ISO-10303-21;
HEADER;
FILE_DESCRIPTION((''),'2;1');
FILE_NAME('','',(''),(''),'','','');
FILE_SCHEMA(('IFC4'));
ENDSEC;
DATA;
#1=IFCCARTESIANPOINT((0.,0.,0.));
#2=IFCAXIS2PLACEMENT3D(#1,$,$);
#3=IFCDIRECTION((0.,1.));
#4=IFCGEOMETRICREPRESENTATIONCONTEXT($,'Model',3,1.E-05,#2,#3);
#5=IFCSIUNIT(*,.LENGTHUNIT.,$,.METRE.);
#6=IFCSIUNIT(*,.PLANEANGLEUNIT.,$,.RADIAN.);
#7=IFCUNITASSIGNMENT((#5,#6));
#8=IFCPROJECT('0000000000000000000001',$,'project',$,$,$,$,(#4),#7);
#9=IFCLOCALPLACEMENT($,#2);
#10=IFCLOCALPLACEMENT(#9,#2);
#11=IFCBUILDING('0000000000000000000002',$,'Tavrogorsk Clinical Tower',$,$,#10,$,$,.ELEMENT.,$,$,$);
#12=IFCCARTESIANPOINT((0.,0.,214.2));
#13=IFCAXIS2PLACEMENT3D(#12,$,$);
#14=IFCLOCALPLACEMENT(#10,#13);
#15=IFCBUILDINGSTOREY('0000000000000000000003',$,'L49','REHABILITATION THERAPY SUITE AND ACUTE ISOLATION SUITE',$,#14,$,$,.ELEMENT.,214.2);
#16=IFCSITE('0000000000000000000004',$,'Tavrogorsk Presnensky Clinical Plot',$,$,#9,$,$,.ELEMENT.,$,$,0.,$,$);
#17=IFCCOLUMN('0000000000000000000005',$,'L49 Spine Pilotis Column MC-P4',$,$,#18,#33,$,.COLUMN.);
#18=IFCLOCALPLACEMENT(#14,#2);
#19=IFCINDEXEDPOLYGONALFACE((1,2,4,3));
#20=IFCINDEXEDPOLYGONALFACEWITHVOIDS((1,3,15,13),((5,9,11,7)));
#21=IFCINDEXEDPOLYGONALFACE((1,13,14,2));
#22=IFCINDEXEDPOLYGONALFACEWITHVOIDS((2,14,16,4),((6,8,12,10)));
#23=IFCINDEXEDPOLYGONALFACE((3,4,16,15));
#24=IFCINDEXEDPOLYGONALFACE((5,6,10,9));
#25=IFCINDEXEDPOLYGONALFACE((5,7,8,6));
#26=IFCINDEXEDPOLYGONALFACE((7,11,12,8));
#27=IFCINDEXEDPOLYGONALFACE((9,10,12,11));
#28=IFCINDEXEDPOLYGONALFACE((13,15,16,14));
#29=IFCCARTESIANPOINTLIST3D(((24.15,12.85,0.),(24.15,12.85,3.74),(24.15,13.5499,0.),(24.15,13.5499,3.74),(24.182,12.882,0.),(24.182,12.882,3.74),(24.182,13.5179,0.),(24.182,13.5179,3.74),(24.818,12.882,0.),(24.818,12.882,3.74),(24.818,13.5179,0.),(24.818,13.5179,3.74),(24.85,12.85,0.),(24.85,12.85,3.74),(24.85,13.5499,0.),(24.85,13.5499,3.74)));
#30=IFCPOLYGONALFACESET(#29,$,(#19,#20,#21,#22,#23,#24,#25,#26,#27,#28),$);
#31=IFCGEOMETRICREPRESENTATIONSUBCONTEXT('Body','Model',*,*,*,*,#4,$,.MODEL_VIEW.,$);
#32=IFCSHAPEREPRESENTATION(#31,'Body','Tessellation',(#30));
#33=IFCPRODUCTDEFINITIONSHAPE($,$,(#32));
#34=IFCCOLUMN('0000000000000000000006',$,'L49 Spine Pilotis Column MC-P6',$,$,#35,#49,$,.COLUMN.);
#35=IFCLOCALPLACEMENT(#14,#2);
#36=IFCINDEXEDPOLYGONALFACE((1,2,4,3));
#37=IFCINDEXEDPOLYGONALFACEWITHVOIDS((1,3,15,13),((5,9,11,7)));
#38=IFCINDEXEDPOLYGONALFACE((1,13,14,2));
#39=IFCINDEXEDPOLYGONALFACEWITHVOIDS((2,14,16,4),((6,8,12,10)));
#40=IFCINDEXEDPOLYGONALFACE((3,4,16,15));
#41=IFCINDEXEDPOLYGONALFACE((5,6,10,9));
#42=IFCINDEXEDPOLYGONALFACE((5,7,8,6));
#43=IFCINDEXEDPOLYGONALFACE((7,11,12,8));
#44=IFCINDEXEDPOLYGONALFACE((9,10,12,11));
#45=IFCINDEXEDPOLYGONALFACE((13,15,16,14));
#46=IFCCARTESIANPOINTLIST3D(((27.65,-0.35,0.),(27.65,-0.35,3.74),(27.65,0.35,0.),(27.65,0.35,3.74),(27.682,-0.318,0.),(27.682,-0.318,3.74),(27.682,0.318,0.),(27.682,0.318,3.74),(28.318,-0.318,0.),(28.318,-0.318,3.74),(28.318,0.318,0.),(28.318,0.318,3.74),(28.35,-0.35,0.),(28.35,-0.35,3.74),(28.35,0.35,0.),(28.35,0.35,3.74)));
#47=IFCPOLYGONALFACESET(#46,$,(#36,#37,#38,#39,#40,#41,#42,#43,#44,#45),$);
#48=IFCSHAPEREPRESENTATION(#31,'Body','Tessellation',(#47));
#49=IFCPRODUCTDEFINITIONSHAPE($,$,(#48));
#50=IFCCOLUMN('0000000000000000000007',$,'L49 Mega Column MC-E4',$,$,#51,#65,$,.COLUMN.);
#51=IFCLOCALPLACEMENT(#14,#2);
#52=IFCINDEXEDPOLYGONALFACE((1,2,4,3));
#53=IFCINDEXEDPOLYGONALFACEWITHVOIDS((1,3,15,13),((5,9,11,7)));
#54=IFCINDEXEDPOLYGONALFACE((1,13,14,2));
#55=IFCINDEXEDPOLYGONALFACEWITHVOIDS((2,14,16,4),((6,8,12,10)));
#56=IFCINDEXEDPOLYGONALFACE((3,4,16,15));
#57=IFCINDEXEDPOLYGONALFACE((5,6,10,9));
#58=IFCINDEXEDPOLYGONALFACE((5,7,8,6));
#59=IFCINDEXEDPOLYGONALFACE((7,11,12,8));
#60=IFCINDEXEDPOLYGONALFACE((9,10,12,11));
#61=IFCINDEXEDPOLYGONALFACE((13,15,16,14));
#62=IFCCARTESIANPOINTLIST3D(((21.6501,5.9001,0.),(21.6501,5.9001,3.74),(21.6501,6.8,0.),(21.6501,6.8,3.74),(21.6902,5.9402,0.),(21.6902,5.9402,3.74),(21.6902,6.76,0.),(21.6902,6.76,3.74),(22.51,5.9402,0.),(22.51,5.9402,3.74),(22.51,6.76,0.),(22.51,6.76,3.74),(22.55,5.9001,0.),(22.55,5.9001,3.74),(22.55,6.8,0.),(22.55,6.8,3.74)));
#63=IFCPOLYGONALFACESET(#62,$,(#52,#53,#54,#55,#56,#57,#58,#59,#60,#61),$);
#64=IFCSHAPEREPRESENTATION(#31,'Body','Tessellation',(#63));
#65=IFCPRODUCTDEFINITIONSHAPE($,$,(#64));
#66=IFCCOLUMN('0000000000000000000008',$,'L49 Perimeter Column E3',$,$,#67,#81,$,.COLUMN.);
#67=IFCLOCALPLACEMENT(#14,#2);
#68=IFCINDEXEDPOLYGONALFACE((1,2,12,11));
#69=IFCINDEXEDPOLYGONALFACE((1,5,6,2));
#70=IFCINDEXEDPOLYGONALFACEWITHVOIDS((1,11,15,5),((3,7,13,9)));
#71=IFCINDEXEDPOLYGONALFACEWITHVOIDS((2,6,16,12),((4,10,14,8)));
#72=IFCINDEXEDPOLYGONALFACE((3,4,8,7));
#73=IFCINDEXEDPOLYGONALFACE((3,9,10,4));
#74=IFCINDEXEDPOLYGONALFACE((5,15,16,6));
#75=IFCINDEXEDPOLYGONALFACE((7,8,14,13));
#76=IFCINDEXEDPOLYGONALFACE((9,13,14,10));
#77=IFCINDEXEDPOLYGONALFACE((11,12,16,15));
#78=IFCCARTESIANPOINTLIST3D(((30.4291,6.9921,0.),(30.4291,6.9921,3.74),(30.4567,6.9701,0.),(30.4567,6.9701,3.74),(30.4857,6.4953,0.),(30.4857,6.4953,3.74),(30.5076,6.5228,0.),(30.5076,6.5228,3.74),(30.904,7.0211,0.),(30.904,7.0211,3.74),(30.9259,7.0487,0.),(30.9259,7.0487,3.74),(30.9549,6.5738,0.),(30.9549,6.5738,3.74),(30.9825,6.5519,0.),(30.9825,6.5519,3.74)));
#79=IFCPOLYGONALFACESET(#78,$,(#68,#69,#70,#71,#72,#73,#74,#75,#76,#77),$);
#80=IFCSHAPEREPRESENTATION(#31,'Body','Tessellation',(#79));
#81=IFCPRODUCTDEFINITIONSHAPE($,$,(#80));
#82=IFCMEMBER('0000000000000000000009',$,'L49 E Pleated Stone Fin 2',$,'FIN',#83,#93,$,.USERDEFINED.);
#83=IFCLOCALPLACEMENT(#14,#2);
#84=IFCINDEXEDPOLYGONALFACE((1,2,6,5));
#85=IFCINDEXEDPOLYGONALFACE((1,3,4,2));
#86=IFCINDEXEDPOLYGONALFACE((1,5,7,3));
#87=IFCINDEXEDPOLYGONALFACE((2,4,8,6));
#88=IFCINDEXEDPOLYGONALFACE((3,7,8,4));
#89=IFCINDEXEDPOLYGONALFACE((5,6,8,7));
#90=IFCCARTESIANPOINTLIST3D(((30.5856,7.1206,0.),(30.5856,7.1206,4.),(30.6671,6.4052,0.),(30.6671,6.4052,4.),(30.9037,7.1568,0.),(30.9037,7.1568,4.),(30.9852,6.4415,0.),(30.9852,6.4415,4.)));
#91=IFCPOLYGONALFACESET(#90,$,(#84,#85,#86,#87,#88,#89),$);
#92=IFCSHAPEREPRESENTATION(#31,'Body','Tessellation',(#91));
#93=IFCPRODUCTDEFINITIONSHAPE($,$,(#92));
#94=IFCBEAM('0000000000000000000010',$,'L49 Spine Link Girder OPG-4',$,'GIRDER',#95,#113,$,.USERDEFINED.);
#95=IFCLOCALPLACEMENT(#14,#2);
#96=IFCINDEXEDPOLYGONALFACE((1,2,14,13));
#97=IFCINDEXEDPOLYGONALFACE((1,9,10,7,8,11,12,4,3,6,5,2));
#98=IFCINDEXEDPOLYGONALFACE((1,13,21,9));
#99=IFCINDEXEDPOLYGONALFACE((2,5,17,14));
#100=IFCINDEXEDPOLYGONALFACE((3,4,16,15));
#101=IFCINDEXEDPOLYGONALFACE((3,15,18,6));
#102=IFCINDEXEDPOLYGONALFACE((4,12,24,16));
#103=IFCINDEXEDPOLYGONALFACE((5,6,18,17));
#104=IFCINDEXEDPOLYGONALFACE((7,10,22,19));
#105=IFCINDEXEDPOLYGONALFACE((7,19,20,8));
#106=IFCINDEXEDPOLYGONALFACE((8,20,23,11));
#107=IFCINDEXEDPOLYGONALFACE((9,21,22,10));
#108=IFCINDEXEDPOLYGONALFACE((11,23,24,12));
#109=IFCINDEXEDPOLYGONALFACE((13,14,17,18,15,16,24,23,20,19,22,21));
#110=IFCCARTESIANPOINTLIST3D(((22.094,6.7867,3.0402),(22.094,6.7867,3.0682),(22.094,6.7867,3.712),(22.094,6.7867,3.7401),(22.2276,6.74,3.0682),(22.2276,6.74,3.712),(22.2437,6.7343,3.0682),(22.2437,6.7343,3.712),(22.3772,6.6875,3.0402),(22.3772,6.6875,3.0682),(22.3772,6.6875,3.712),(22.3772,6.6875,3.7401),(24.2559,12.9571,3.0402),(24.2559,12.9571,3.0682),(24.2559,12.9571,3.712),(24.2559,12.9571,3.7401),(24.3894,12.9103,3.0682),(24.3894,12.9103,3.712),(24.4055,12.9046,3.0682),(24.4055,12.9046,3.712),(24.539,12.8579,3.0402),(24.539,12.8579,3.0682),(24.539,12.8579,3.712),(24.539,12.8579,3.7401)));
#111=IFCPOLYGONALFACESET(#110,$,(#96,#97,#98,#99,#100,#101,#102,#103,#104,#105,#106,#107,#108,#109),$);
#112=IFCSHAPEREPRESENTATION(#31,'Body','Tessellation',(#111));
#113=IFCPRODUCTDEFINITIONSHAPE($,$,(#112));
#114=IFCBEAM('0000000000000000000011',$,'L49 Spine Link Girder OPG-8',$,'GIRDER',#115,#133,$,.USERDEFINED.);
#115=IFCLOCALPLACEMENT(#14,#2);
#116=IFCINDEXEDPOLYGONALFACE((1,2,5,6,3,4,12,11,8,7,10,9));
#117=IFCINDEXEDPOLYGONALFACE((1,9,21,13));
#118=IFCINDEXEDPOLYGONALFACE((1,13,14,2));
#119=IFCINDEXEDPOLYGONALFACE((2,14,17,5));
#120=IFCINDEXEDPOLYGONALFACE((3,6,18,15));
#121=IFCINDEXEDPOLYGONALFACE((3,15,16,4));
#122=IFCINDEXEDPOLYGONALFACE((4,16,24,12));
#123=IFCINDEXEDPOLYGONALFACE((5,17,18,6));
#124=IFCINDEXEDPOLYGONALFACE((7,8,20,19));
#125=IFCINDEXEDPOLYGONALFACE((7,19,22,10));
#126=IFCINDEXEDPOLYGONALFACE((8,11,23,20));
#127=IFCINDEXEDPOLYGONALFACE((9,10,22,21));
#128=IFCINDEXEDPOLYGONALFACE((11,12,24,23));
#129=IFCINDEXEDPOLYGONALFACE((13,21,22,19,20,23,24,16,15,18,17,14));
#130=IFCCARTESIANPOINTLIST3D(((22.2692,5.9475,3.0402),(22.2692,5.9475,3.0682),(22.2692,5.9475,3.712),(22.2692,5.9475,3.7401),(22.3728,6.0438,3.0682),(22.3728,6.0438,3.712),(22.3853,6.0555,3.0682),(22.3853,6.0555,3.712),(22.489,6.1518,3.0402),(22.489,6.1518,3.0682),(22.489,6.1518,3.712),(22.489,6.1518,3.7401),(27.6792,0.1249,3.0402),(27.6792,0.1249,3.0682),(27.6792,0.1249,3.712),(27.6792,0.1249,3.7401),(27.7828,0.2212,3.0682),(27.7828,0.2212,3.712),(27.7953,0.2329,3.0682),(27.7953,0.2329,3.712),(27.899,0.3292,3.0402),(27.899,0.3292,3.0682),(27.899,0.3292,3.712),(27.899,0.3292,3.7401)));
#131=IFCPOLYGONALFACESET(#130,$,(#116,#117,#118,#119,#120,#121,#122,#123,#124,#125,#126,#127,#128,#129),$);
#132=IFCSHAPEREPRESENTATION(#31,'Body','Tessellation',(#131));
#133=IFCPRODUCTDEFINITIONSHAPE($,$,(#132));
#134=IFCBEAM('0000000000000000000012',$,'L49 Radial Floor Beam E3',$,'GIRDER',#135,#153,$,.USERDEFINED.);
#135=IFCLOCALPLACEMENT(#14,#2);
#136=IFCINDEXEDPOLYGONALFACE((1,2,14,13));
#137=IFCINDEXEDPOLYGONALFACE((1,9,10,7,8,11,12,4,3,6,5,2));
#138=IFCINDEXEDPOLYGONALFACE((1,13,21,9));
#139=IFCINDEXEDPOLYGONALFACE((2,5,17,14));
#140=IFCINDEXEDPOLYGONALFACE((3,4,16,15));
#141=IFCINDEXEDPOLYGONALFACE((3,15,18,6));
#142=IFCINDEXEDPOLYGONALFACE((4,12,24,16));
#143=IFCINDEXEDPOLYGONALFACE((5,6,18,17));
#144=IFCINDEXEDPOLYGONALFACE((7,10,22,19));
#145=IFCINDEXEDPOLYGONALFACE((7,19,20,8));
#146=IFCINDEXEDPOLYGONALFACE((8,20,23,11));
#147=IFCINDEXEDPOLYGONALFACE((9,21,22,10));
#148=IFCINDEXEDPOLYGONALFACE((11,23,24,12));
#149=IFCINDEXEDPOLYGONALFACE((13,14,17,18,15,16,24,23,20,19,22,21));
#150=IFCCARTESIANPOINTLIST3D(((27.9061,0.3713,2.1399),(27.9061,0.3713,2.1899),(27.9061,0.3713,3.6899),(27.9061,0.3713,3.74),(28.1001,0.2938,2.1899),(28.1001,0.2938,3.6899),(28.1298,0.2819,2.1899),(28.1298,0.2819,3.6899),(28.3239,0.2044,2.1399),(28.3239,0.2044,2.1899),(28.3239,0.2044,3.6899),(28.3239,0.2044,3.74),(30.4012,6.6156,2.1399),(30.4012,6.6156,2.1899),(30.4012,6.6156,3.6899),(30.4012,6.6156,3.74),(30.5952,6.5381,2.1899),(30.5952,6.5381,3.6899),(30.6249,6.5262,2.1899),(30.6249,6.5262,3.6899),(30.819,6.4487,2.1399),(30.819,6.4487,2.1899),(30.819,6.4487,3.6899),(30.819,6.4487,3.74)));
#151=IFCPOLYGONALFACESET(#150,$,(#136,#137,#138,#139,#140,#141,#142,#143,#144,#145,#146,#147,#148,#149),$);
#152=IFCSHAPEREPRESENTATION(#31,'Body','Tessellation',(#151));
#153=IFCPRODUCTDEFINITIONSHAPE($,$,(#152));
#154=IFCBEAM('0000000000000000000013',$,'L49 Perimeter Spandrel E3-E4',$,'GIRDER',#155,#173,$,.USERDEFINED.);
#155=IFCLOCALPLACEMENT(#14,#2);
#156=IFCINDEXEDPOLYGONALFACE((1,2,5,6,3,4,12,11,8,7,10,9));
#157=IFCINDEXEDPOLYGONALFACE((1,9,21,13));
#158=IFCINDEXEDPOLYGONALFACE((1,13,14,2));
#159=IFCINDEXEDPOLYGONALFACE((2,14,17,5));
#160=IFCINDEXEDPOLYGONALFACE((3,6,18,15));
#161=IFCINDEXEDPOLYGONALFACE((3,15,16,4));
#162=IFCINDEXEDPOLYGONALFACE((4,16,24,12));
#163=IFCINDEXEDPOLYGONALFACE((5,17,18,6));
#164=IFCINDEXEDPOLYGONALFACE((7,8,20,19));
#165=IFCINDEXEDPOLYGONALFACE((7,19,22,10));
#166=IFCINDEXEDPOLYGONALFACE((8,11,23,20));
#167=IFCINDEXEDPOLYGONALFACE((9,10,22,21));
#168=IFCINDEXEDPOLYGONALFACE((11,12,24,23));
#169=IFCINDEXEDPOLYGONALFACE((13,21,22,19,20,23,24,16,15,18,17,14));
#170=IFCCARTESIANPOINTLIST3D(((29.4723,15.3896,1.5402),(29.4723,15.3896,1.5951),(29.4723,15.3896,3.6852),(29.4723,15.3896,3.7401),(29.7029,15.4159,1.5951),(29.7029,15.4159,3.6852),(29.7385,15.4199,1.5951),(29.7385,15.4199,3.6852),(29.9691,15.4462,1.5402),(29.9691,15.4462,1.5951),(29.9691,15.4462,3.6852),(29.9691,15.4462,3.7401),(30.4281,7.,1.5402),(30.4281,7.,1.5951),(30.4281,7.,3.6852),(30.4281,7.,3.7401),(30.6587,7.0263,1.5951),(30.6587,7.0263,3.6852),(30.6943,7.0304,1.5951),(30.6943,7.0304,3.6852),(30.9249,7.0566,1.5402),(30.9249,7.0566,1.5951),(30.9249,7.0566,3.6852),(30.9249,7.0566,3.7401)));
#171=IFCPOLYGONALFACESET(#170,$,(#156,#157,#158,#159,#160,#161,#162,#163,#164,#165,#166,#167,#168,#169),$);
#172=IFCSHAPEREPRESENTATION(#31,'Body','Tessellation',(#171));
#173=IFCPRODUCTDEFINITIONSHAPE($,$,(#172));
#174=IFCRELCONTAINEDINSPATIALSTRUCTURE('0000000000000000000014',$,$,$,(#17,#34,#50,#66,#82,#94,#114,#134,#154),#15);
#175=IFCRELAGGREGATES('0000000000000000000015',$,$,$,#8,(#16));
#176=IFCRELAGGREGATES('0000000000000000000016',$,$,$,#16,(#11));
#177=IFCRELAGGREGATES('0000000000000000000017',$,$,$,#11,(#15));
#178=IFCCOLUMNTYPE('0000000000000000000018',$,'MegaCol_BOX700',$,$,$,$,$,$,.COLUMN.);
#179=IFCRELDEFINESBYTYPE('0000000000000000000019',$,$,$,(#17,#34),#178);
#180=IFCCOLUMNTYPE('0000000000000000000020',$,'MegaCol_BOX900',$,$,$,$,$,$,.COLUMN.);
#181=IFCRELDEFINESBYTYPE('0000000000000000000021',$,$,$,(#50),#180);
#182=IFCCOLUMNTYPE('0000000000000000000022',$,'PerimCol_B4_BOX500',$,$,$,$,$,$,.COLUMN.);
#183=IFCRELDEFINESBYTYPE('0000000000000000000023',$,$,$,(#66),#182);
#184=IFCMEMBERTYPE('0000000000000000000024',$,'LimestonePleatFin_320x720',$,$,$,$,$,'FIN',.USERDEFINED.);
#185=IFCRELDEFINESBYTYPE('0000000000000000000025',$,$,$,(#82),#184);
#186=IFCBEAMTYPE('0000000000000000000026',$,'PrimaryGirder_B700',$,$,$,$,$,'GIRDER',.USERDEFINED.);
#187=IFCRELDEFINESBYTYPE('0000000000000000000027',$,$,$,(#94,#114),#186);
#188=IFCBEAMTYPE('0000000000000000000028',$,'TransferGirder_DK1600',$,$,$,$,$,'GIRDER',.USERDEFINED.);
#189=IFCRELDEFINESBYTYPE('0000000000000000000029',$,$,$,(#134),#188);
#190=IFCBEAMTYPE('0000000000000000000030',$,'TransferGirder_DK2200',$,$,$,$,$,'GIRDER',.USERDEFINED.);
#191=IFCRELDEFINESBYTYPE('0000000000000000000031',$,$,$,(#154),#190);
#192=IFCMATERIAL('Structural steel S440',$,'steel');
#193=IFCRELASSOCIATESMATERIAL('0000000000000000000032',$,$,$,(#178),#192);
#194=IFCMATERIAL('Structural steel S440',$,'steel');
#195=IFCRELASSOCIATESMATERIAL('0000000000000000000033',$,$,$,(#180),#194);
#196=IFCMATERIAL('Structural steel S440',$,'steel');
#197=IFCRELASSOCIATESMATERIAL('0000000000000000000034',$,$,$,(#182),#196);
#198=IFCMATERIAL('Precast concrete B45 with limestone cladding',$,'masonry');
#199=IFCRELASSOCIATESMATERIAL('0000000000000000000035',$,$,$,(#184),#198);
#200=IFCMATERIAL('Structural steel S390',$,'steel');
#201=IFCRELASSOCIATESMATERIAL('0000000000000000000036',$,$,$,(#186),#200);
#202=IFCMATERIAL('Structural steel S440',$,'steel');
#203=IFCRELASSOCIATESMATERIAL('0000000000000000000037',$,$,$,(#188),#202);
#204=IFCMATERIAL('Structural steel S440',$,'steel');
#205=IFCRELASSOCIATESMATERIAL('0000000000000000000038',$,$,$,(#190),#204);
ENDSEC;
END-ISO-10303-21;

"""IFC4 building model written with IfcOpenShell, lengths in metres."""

from ifc_helpers import new_model, si_unit, direction, frame, origin, origin_2d, place, context, subcontext, project, spatial, rectangle, hollow_rectangle, i_section, extrude, material, material_profile, profile_set, type_object, element, save


model = new_model("IFC4")

# Units and contexts
model_context = context("Model", 3, precision=1e-05, world=origin(), true_north=direction((0.0, 1.0)))
body_context = subcontext(model_context, "Body", "Model", "MODEL_VIEW")
ifc_project = project(units=[si_unit("LENGTHUNIT", "METRE"), si_unit("PLANEANGLEUNIT", "RADIAN")], contexts=[model_context])

# Site, building, storey
site_placement = place(None, origin())
site = spatial("IfcSite", under=ifc_project, at=site_placement, Name="Tavrogorsk Presnensky Clinical Plot", CompositionType="ELEMENT", RefElevation=0.0)
building_placement = place(site_placement, origin())
building = spatial("IfcBuilding", under=site, at=building_placement, Name="Tavrogorsk Clinical Tower", CompositionType="ELEMENT")
storey_placement = place(building_placement, frame((0.0, 0.0, 214.2)))
storey = spatial("IfcBuildingStorey", under=building, at=storey_placement, Name="L49", Description="REHABILITATION THERAPY SUITE AND ACUTE ISOLATION SUITE", CompositionType="ELEMENT", Elevation=214.2)

# Columns
ifc_material_1 = material(Name="Structural steel S440", Category="steel")
ifc_material_profile_1 = material_profile(ifc_material_1, hollow_rectangle(XDim=0.7, YDim=0.7, WallThickness=0.032, at=origin_2d()), Name="BOX-700x700x32")
ifc_profile_set_1 = profile_set([ifc_material_profile_1], Name="Structural steel S440")
column_type_1 = type_object("IfcColumnType", Name="MegaCol_BOX700", PredefinedType="COLUMN", material=ifc_profile_set_1)
for number, where, z_axis, x_axis, name in (
    (1, (24.5, 13.2, 0.0), (0.0, 0.0, 1.0), (1.0, 0.0, 0.0), "L49 Spine Pilotis Column MC-P4"),
    (2, (28.0, 0.0, 0.0), (0.0, 0.0, 1.0), (1.0, 0.0, 0.0), "L49 Spine Pilotis Column MC-P6"),
):
    element("IfcColumn", number, at=place(storey_placement, frame(where, z_axis=z_axis, x_axis=x_axis)), inside=storey, type_object=column_type_1, Name=name, PredefinedType="COLUMN", context=body_context, shape_type="SweptSolid", body=[
        extrude(hollow_rectangle(XDim=0.7, YDim=0.7, WallThickness=0.032, at=origin_2d()), origin(), (0.0, 0.0, 1.0), 3.74),
    ])
ifc_material_2 = material(Name="Structural steel S440", Category="steel")
ifc_material_profile_2 = material_profile(ifc_material_2, hollow_rectangle(XDim=0.8999, YDim=0.8999, WallThickness=0.04, at=origin_2d()), Name="BOX-900x900x40")
ifc_profile_set_2 = profile_set([ifc_material_profile_2], Name="Structural steel S440")
column_type_2 = type_object("IfcColumnType", Name="MegaCol_BOX900", PredefinedType="COLUMN", material=ifc_profile_set_2)
column_1_placement = place(storey_placement, frame((22.1001, 6.3501, 0.0), z_axis=(0.0, 0.0, 1.0), x_axis=(1.0, 0.0, 0.0)))
element("IfcColumn", 3, at=column_1_placement, inside=storey, type_object=column_type_2, Name="L49 Mega Column MC-E4", PredefinedType="COLUMN", context=body_context, shape_type="SweptSolid", body=[
    extrude(hollow_rectangle(XDim=0.8999, YDim=0.8999, WallThickness=0.04, at=origin_2d()), origin(), (0.0, 0.0, 1.0), 3.74),
])
ifc_material_3 = material(Name="Structural steel S440", Category="steel")
ifc_material_profile_3 = material_profile(ifc_material_3, hollow_rectangle(XDim=0.5, YDim=0.5, WallThickness=0.0249, at=origin_2d()), Name="BOX-500x500x25")
ifc_profile_set_3 = profile_set([ifc_material_profile_3], Name="Structural steel S440")
column_type_3 = type_object("IfcColumnType", Name="PerimCol_B4_BOX500", PredefinedType="COLUMN", material=ifc_profile_set_3)
column_2_placement = place(storey_placement, frame((30.7058, 6.772, 0.0), z_axis=(0.0, 0.0, 1.0), x_axis=(0.993572, 0.113203, 0.0)))
element("IfcColumn", 4, at=column_2_placement, inside=storey, type_object=column_type_3, Name="L49 Perimeter Column E3", PredefinedType="COLUMN", context=body_context, shape_type="SweptSolid", body=[
    extrude(hollow_rectangle(XDim=0.5, YDim=0.5, WallThickness=0.0249, at=origin_2d()), origin(), (0.0, 0.0, 1.0), 3.74),
])

# Member
ifc_material_4 = material(Name="Precast concrete B45 with limestone cladding", Category="masonry")
ifc_material_profile_4 = material_profile(ifc_material_4, rectangle(XDim=0.3201, YDim=0.72, at=origin_2d()), Name="LIMESTONE-FIN-320x720")
ifc_profile_set_4 = profile_set([ifc_material_profile_4], Name="Precast concrete B45 with limestone cladding")
member_type = type_object("IfcMemberType", Name="LimestonePleatFin_320x720", ElementType="FIN", PredefinedType="USERDEFINED", material=ifc_profile_set_4)
member_placement = place(storey_placement, frame((30.7854, 6.781, 0.0), z_axis=(0.0, 0.0, 1.0), x_axis=(0.993572, 0.113203, 0.0)))
element("IfcMember", 5, at=member_placement, inside=storey, type_object=member_type, Name="L49 E Pleated Stone Fin 2", ObjectType="FIN", PredefinedType="USERDEFINED", context=body_context, shape_type="SweptSolid", body=[
    extrude(rectangle(XDim=0.3201, YDim=0.72, at=origin_2d()), origin(), (0.0, 0.0, 1.0), 4.0),
])

# Beams
ifc_material_5 = material(Name="Structural steel S390", Category="steel")
ifc_material_profile_5 = material_profile(ifc_material_5, i_section(OverallWidth=0.3, OverallDepth=0.7, WebThickness=0.0171, FlangeThickness=0.0281, at=origin_2d()), Name="B-700x300x17x28")
ifc_profile_set_5 = profile_set([ifc_material_profile_5], Name="Structural steel S390")
beam_type_1 = type_object("IfcBeamType", Name="PrimaryGirder_B700", ElementType="GIRDER", PredefinedType="USERDEFINED", material=ifc_profile_set_5)
beam_1_placement = place(storey_placement, frame((24.3975, 12.9075, 3.3901), z_axis=(-0.330653, -0.943752, 0.0), x_axis=(0.943752, -0.330653, 0.0)))
element("IfcBeam", 6, at=beam_1_placement, inside=storey, type_object=beam_type_1, Name="L49 Spine Link Girder OPG-4", ObjectType="GIRDER", PredefinedType="USERDEFINED", context=body_context, shape_type="SweptSolid", body=[
    extrude(i_section(OverallWidth=0.3, OverallDepth=0.7, WebThickness=0.0171, FlangeThickness=0.0281, at=origin_2d()), origin(), (0.0, 0.0, 1.0), 6.5381),
])
beam_2_placement = place(storey_placement, frame((27.7891, 0.2271, 3.3901), z_axis=(-0.680674, 0.732587, 0.0), x_axis=(-0.732587, -0.680674, 0.0)))
element("IfcBeam", 7, at=beam_2_placement, inside=storey, type_object=beam_type_1, Name="L49 Spine Link Girder OPG-8", ObjectType="GIRDER", PredefinedType="USERDEFINED", context=body_context, shape_type="SweptSolid", body=[
    extrude(i_section(OverallWidth=0.3, OverallDepth=0.7, WebThickness=0.0171, FlangeThickness=0.0281, at=origin_2d()), origin(), (0.0, 0.0, 1.0), 7.948),
])
ifc_material_6 = material(Name="Structural steel S440", Category="steel")
ifc_material_profile_6 = material_profile(ifc_material_6, i_section(OverallWidth=0.45, OverallDepth=1.6001, WebThickness=0.032, FlangeThickness=0.05, at=origin_2d()), Name="DK-1600x450x32x50")
ifc_profile_set_6 = profile_set([ifc_material_profile_6], Name="Structural steel S440")
beam_type_2 = type_object("IfcBeamType", Name="TransferGirder_DK1600", ElementType="GIRDER", PredefinedType="USERDEFINED", material=ifc_profile_set_6)
beam_3_placement = place(storey_placement, frame((28.115, 0.2878, 2.9399), z_axis=(0.371053, 0.928612, 0.0), x_axis=(-0.928612, 0.371053, 0.0)))
element("IfcBeam", 8, at=beam_3_placement, inside=storey, type_object=beam_type_2, Name="L49 Radial Floor Beam E3", ObjectType="GIRDER", PredefinedType="USERDEFINED", context=body_context, shape_type="SweptSolid", body=[
    extrude(i_section(OverallWidth=0.45, OverallDepth=1.6001, WebThickness=0.032, FlangeThickness=0.05, at=origin_2d()), origin(), (0.0, 0.0, 1.0), 6.7244),
])
ifc_material_7 = material(Name="Structural steel S440", Category="steel")
ifc_material_profile_7 = material_profile(ifc_material_7, i_section(OverallWidth=0.5, OverallDepth=2.2, WebThickness=0.0359, FlangeThickness=0.0549, at=origin_2d()), Name="DK-2200x500x36x55")
ifc_profile_set_7 = profile_set([ifc_material_profile_7], Name="Structural steel S440")
beam_type_3 = type_object("IfcBeamType", Name="TransferGirder_DK2200", ElementType="GIRDER", PredefinedType="USERDEFINED", material=ifc_profile_set_7)
beam_4_placement = place(storey_placement, frame((30.6765, 7.0283, 2.6401), z_axis=(-0.113195, 0.993573, 0.0), x_axis=(-0.993573, -0.113195, 0.0)))
element("IfcBeam", 9, at=beam_4_placement, inside=storey, type_object=beam_type_3, Name="L49 Perimeter Spandrel E3-E4", ObjectType="GIRDER", PredefinedType="USERDEFINED", context=body_context, shape_type="SweptSolid", body=[
    extrude(i_section(OverallWidth=0.5, OverallDepth=2.2, WebThickness=0.0359, FlangeThickness=0.0549, at=origin_2d()), origin(), (0.0, 0.0, 1.0), 8.4438),
])

save(model, "model.ifc")
